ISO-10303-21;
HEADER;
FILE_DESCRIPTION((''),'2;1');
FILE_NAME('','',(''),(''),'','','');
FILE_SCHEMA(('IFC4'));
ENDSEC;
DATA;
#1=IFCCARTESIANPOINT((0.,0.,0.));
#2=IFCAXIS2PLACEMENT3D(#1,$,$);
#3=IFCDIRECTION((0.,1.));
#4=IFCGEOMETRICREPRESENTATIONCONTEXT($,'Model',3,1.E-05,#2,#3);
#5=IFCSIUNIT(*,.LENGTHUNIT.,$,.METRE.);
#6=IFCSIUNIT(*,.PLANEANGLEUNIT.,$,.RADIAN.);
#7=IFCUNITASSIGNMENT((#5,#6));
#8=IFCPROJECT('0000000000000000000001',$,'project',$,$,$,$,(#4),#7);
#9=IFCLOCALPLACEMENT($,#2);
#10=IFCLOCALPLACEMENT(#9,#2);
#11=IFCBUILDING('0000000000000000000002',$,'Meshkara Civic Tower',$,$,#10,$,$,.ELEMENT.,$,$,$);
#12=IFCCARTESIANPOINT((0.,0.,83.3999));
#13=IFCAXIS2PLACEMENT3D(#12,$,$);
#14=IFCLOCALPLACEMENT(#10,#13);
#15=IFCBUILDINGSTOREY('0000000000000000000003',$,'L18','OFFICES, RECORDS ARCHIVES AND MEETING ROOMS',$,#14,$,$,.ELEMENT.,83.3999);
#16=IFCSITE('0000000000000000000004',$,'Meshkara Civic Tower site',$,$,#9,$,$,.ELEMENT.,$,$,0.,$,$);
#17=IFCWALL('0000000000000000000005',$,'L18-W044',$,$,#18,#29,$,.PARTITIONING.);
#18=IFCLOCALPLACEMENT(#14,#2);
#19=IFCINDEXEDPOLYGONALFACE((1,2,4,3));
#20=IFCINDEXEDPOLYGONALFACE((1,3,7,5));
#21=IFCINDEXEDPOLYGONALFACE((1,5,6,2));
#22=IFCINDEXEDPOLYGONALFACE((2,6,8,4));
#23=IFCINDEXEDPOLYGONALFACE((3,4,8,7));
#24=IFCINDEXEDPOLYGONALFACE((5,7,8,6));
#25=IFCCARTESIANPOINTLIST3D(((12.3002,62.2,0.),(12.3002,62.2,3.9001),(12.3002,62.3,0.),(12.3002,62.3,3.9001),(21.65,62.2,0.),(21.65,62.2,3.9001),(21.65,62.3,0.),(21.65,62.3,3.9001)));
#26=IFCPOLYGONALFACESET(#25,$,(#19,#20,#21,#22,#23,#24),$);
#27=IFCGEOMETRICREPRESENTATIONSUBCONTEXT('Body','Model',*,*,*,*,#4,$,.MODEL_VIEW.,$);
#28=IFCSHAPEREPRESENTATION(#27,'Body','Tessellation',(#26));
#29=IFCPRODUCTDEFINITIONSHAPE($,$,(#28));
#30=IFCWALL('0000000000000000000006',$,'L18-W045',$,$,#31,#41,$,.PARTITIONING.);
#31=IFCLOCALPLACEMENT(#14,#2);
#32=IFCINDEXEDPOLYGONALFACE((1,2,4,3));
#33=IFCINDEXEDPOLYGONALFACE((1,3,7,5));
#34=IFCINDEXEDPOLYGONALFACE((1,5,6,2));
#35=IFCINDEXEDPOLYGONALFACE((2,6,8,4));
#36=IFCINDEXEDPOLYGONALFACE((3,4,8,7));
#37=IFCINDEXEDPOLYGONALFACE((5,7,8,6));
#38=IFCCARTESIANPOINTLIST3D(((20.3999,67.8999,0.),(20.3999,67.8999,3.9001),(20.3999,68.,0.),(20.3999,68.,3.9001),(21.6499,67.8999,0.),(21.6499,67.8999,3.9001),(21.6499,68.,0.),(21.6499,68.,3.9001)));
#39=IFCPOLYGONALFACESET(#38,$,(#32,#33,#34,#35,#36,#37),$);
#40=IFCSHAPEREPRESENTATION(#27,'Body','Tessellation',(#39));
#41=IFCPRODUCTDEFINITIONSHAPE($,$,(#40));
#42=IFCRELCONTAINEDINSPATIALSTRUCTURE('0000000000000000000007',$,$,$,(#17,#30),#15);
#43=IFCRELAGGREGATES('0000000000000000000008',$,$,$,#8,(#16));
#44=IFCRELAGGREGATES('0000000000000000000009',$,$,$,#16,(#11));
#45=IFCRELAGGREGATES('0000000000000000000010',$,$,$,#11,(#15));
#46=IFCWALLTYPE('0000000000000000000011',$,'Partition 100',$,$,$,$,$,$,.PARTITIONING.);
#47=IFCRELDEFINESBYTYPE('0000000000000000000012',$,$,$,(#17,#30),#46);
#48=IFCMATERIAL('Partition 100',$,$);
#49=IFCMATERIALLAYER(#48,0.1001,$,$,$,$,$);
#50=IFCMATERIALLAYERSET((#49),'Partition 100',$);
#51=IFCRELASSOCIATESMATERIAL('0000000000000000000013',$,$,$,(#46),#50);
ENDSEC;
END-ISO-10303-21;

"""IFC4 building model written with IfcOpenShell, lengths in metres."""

from ifc_helpers import new_model, si_unit, direction, frame, frame_2d, origin, place, context, subcontext, project, spatial, rectangle, extrude, material, layer, layer_set, type_object, element, save


model = new_model("IFC4")

# Units and contexts
model_context = context("Model", 3, precision=1e-05, world=origin(), true_north=direction((0.0, 1.0)))
body_context = subcontext(model_context, "Body", "Model", "MODEL_VIEW")
ifc_project = project(units=[si_unit("LENGTHUNIT", "METRE"), si_unit("PLANEANGLEUNIT", "RADIAN")], contexts=[model_context])

# Site, building, storey
site_placement = place(None, origin())
site = spatial("IfcSite", under=ifc_project, at=site_placement, Name="Meshkara Civic Tower site", CompositionType="ELEMENT", RefElevation=0.0)
building_placement = place(site_placement, origin())
building = spatial("IfcBuilding", under=site, at=building_placement, Name="Meshkara Civic Tower", CompositionType="ELEMENT")
storey_placement = place(building_placement, frame((0.0, 0.0, 83.3999)))
storey = spatial("IfcBuildingStorey", under=building, at=storey_placement, Name="L18", Description="OFFICES, RECORDS ARCHIVES AND MEETING ROOMS", CompositionType="ELEMENT", Elevation=83.3999)

# Walls
ifc_material_1 = material(Name="Partition 100")
ifc_layer_1 = layer(ifc_material_1, 0.1001)
ifc_layer_set_1 = layer_set([ifc_layer_1], Name="Partition 100")
wall_type_1 = type_object("IfcWallType", Name="Partition 100", PredefinedType="PARTITIONING", material=ifc_layer_set_1)
for number, where, z_axis, x_axis, name in (
    (1, (21.6499, 62.25, 0.0), (0.0, 0.0, 1.0), (-1.0, 0.0, 0.0), "L18-W044"),
):
    element("IfcWall", number, at=place(storey_placement, frame(where, z_axis=z_axis, x_axis=x_axis)), inside=storey, type_object=wall_type_1, Name=name, PredefinedType="PARTITIONING", context=body_context, shape_type="SweptSolid", body=[
        extrude(rectangle(XDim=9.3499, YDim=0.1001, at=frame_2d((4.6748, 0.0))), origin(), (0.0, 0.0, 1.0), 3.9001),
    ])
wall_1_placement = place(storey_placement, frame((21.6499, 67.95, 0.0), z_axis=(0.0, 0.0, 1.0), x_axis=(-1.0, 0.0, 0.0)))
element("IfcWall", 2, at=wall_1_placement, inside=storey, type_object=wall_type_1, Name="L18-W045", PredefinedType="PARTITIONING", context=body_context, shape_type="SweptSolid", body=[
    extrude(rectangle(XDim=1.25, YDim=0.1001, at=frame_2d((0.625, 0.0))), origin(), (0.0, 0.0, 1.0), 3.9001),
])

save(model, "model.ifc")
